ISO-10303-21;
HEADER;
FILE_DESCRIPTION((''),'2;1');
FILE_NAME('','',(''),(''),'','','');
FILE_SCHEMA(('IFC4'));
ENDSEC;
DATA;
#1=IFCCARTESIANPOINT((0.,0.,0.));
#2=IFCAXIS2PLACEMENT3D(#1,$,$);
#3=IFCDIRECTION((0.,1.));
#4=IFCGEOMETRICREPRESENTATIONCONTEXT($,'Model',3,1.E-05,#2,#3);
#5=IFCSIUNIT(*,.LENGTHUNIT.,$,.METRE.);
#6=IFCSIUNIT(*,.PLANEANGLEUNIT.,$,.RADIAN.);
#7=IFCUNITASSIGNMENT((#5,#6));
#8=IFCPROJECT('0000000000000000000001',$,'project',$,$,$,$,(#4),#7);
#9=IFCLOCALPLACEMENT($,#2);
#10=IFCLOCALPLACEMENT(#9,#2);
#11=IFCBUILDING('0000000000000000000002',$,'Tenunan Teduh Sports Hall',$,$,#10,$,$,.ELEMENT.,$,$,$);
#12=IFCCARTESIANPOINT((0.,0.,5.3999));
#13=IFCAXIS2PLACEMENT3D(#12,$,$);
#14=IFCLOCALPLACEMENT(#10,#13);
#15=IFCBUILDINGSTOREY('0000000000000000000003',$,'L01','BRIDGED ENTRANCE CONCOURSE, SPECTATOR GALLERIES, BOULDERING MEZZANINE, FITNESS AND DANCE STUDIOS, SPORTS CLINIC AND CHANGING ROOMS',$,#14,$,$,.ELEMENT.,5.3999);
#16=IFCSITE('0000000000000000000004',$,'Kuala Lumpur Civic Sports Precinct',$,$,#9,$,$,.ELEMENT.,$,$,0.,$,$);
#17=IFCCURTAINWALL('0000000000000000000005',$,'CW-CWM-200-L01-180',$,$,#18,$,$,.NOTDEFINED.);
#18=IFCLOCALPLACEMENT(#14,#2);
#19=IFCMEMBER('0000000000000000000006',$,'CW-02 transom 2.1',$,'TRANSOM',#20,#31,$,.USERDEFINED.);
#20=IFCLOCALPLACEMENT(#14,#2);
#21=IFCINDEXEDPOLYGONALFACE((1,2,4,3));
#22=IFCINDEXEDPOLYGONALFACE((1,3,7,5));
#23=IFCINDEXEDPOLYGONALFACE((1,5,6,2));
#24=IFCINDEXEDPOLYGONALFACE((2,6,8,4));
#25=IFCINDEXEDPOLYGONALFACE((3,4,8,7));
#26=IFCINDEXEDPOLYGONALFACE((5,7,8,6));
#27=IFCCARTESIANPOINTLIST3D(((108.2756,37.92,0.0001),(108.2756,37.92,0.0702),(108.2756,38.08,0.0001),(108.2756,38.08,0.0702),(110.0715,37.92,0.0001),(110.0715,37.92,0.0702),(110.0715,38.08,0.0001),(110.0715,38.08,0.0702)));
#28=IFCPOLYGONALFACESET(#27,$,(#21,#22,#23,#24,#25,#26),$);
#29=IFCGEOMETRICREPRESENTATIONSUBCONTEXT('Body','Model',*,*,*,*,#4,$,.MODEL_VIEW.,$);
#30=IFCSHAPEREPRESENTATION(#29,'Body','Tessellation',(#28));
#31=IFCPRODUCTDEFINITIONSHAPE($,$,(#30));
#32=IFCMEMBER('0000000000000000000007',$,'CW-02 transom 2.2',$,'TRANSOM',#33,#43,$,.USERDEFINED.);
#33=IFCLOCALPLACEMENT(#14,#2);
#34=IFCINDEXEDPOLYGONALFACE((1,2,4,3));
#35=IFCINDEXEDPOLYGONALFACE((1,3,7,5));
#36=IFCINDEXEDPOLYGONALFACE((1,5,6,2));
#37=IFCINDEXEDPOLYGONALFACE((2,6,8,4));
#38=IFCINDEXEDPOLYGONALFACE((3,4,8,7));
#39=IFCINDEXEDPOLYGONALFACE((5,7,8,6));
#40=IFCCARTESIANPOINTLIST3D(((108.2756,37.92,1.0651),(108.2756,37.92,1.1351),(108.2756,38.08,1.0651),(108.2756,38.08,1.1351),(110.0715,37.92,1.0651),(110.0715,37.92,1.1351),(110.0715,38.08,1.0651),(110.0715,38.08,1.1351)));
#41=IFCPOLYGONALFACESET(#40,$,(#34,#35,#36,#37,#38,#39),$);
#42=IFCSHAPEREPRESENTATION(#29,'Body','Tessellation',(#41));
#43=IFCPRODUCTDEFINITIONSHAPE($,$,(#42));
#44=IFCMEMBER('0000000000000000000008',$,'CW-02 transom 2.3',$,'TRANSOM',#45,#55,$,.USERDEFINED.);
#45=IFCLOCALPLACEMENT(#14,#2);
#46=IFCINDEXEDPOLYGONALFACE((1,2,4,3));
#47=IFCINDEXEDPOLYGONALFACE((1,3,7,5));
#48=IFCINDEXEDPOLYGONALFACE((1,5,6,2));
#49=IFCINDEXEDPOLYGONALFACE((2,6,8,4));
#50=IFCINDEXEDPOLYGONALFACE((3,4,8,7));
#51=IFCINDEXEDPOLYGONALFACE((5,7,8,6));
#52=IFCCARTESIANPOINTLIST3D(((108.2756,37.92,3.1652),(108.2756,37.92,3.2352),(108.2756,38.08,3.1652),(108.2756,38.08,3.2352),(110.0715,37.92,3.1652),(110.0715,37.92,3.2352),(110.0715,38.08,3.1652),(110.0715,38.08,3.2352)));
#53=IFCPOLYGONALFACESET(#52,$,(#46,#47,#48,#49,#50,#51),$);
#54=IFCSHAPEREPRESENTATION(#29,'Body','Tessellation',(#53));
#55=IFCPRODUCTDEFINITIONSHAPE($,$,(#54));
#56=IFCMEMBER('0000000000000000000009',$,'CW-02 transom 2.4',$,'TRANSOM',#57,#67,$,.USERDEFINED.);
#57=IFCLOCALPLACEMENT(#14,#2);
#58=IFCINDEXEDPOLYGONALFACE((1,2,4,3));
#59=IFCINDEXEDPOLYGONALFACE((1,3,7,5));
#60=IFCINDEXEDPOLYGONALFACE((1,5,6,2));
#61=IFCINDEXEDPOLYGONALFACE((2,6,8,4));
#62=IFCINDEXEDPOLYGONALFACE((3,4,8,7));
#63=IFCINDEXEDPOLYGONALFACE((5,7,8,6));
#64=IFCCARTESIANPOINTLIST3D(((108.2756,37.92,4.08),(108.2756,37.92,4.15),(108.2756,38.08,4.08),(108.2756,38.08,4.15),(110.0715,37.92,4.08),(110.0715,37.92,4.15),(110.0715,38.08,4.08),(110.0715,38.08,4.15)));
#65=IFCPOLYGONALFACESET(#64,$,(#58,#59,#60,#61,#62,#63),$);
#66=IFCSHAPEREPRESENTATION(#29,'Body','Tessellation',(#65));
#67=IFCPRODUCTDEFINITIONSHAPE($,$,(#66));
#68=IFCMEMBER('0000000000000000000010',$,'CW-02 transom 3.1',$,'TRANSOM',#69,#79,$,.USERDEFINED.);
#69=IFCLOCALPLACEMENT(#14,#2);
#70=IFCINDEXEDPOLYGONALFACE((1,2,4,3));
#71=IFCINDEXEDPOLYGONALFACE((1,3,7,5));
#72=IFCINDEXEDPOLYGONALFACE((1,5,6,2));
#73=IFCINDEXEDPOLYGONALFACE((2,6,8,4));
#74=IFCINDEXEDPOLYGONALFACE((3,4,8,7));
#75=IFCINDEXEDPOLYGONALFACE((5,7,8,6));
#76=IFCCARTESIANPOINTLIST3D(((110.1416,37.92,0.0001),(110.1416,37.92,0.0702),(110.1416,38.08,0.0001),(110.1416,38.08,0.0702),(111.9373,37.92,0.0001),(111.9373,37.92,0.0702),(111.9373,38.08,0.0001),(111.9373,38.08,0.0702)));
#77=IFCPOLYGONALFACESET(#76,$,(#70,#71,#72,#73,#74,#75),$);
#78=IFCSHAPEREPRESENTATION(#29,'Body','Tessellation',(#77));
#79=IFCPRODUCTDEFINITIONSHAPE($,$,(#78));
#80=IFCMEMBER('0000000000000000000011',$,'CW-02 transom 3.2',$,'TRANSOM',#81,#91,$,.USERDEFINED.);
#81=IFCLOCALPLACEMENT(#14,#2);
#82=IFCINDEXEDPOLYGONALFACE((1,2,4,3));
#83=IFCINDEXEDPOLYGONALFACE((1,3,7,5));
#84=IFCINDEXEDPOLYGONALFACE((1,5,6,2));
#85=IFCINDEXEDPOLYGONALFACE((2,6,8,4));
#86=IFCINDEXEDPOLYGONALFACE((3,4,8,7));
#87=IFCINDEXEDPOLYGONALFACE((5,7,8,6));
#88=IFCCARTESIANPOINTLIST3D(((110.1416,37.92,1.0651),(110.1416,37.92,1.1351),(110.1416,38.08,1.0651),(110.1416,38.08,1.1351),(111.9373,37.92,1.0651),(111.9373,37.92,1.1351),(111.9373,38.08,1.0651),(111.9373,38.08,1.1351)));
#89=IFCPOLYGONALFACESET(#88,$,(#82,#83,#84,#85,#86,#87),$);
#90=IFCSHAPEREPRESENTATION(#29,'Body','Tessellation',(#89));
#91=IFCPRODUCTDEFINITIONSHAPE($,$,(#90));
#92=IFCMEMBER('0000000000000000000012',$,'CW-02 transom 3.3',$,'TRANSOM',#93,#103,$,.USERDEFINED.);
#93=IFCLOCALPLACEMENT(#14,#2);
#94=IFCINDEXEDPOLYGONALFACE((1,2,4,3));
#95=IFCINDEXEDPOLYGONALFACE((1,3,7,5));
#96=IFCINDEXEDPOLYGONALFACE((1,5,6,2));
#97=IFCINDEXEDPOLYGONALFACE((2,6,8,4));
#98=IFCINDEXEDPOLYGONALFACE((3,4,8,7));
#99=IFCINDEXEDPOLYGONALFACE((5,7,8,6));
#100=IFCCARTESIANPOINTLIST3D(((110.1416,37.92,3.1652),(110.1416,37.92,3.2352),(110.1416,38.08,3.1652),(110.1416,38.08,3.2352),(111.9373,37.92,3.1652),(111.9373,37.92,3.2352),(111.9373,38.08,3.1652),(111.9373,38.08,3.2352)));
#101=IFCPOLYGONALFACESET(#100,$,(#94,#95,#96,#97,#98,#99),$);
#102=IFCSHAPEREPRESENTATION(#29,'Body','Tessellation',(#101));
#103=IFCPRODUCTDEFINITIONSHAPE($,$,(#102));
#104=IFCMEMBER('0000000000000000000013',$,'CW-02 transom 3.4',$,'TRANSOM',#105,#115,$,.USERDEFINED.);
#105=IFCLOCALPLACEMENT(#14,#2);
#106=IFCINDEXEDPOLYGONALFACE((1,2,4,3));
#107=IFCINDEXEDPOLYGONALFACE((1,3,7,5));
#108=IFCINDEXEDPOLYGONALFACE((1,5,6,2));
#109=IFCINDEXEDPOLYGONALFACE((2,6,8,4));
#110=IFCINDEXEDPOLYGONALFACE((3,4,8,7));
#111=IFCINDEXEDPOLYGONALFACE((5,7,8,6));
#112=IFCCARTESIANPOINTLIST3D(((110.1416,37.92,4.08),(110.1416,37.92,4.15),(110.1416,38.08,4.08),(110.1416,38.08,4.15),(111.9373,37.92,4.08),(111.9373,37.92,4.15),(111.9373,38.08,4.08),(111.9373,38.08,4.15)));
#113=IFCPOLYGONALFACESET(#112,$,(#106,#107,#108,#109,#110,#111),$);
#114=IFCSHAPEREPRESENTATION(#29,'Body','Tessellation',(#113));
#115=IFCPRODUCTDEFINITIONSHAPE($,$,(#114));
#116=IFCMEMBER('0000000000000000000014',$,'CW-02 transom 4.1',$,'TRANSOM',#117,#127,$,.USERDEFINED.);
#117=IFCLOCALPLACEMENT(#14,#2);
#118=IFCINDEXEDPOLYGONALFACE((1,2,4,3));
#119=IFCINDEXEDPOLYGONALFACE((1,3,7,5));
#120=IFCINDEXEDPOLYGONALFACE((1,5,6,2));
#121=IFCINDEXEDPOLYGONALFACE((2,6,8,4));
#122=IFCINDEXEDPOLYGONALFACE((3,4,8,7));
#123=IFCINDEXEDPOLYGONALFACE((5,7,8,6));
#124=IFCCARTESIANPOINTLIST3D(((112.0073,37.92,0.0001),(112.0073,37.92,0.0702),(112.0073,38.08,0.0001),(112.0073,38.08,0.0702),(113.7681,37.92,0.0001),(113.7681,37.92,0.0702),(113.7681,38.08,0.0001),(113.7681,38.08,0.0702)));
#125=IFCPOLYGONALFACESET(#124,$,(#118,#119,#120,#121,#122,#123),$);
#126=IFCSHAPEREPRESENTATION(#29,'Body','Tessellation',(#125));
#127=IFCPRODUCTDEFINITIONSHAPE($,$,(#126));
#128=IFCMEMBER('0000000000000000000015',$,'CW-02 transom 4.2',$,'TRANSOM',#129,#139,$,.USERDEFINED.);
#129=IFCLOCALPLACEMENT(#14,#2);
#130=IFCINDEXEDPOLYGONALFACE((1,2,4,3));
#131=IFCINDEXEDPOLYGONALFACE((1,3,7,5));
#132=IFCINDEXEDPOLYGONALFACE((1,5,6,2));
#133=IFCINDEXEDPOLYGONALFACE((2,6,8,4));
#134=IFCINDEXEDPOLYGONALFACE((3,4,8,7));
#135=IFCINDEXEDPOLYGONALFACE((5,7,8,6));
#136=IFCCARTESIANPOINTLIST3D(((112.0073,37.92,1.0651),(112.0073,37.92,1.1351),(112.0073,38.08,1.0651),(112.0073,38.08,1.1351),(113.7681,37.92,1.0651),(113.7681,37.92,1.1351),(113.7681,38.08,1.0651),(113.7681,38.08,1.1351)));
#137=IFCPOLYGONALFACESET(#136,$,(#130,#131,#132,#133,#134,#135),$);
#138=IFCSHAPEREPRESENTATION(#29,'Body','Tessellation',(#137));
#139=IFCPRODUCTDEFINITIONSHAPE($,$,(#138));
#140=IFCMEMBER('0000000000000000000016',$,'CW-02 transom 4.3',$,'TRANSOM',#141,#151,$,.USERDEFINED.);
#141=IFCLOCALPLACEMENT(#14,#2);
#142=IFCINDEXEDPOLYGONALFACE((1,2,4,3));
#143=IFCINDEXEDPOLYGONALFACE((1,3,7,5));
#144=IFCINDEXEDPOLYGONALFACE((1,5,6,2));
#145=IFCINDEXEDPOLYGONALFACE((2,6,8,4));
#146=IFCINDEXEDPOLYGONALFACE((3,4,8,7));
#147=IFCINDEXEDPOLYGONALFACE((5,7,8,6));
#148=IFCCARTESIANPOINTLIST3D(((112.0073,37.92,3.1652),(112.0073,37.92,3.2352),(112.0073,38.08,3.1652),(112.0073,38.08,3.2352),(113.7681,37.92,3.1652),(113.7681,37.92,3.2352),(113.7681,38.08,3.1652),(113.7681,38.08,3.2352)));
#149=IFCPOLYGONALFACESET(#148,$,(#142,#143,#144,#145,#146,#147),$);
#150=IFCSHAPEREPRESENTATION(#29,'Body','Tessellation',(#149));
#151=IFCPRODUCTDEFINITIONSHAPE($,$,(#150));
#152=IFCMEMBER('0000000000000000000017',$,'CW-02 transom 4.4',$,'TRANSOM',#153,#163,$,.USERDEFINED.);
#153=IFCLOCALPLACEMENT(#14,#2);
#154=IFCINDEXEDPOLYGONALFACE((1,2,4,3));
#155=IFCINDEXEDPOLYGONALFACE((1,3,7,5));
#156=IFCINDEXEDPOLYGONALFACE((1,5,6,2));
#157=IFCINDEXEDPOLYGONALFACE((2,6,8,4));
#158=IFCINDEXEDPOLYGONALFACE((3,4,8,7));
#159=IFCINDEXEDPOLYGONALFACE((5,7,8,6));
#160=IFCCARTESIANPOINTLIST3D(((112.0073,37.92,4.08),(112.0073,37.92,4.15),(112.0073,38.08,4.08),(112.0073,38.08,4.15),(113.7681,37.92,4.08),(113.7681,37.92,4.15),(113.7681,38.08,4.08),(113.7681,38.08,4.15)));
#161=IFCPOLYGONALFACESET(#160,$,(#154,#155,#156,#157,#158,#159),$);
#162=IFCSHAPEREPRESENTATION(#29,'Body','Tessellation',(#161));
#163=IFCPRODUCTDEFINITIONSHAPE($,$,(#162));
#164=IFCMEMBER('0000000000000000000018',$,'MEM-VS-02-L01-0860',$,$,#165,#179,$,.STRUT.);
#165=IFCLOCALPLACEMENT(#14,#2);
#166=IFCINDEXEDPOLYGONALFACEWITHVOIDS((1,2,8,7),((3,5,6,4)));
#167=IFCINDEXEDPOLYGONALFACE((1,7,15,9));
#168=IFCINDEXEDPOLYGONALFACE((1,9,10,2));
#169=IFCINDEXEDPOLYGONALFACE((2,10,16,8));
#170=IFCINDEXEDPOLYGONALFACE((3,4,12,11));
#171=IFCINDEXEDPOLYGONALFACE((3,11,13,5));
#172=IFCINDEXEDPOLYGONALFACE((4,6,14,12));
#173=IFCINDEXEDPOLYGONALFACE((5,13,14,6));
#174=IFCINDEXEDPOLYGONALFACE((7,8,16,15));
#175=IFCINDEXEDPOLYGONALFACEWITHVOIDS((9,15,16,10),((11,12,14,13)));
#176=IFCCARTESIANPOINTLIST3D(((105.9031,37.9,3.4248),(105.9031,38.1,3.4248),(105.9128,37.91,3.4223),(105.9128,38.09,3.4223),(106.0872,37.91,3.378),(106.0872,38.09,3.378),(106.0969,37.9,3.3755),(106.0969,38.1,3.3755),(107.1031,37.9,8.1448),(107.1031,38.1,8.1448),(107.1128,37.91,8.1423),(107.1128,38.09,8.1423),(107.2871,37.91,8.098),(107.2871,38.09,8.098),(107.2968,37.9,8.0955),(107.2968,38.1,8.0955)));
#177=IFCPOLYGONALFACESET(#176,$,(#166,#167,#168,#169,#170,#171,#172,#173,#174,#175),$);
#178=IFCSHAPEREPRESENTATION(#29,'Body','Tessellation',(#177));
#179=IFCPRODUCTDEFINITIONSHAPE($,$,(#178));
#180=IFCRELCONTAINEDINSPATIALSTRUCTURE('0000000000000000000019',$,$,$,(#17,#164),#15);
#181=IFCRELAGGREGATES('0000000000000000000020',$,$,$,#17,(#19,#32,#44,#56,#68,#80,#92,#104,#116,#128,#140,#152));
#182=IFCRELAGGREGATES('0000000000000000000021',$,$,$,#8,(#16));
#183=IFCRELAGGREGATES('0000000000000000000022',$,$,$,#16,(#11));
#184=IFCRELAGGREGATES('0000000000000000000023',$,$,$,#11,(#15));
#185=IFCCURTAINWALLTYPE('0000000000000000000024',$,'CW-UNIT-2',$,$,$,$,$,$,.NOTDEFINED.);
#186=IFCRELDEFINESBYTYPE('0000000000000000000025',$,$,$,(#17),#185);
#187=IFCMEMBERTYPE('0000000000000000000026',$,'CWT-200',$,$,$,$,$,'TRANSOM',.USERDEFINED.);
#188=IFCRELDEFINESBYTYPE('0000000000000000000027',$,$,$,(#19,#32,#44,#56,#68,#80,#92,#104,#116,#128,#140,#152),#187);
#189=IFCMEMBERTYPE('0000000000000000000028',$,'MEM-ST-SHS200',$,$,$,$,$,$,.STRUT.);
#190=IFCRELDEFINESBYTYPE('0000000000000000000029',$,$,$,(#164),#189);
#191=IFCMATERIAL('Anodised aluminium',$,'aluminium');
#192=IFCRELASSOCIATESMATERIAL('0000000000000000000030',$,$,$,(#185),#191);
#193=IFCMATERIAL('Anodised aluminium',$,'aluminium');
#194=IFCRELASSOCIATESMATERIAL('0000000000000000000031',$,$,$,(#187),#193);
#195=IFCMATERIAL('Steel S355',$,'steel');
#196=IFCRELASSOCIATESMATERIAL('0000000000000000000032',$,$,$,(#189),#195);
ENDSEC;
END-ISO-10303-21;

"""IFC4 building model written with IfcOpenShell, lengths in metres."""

from ifc_helpers import new_model, si_unit, direction, frame, origin, origin_2d, place, context, subcontext, project, spatial, rectangle, hollow_rectangle, extrude, material, material_profile, profile_set, type_object, element, aggregate, save


model = new_model("IFC4")

# Units and contexts
model_context = context("Model", 3, precision=1e-05, world=origin(), true_north=direction((0.0, 1.0)))
body_context = subcontext(model_context, "Body", "Model", "MODEL_VIEW")
ifc_project = project(units=[si_unit("LENGTHUNIT", "METRE"), si_unit("PLANEANGLEUNIT", "RADIAN")], contexts=[model_context])

# Site, building, storey
site_placement = place(None, origin())
site = spatial("IfcSite", under=ifc_project, at=site_placement, Name="Kuala Lumpur Civic Sports Precinct", CompositionType="ELEMENT", RefElevation=0.0)
building_placement = place(site_placement, origin())
building = spatial("IfcBuilding", under=site, at=building_placement, Name="Tenunan Teduh Sports Hall", CompositionType="ELEMENT")
storey_placement = place(building_placement, frame((0.0, 0.0, 5.3999)))
storey = spatial("IfcBuildingStorey", under=building, at=storey_placement, Name="L01", Description="BRIDGED ENTRANCE CONCOURSE, SPECTATOR GALLERIES, BOULDERING MEZZANINE, FITNESS AND DANCE STUDIOS, SPORTS CLINIC AND CHANGING ROOMS", CompositionType="ELEMENT", Elevation=5.3999)

# Curtain wall, members
ifc_material_1 = material(Name="Anodised aluminium", Category="aluminium")
curtain_wall_type_1 = type_object("IfcCurtainWallType", Name="CW-UNIT-2", PredefinedType="NOTDEFINED", material=ifc_material_1)
curtain_wall_1_placement = place(storey_placement, origin())
curtain_wall_1 = element("IfcCurtainWall", 1, at=curtain_wall_1_placement, inside=storey, type_object=curtain_wall_type_1, Name="CW-CWM-200-L01-180", PredefinedType="NOTDEFINED")
ifc_material_2 = material(Name="Anodised aluminium", Category="aluminium")
ifc_material_profile_1 = material_profile(ifc_material_2, rectangle(XDim=0.0701, YDim=0.1599, at=origin_2d()), Name="CWT 70x160")
ifc_profile_set_1 = profile_set([ifc_material_profile_1], Name="Anodised aluminium")
member_type_1 = type_object("IfcMemberType", Name="CWT-200", ElementType="TRANSOM", PredefinedType="USERDEFINED", material=ifc_profile_set_1)
member_1_placement = place(storey_placement, frame((108.2756, 38.0, 0.0352), z_axis=(1.0, 0.0, 0.0), x_axis=(0.0, 0.0, 1.0)))
member_1 = element("IfcMember", 2, at=member_1_placement, type_object=member_type_1, Name="CW-02 transom 2.1", ObjectType="TRANSOM", PredefinedType="USERDEFINED", context=body_context, shape_type="SweptSolid", body=[
    extrude(rectangle(XDim=0.0701, YDim=0.1599, at=origin_2d()), origin(), (0.0, 0.0, 1.0), 1.7959),
])
member_2_placement = place(storey_placement, frame((108.2756, 38.0, 1.1001), z_axis=(1.0, 0.0, 0.0), x_axis=(0.0, 0.0, 1.0)))
member_2 = element("IfcMember", 3, at=member_2_placement, type_object=member_type_1, Name="CW-02 transom 2.2", ObjectType="TRANSOM", PredefinedType="USERDEFINED", context=body_context, shape_type="SweptSolid", body=[
    extrude(rectangle(XDim=0.0701, YDim=0.1599, at=origin_2d()), origin(), (0.0, 0.0, 1.0), 1.7959),
])
member_3_placement = place(storey_placement, frame((108.2756, 38.0, 3.2002), z_axis=(1.0, 0.0, 0.0), x_axis=(0.0, 0.0, 1.0)))
member_3 = element("IfcMember", 4, at=member_3_placement, type_object=member_type_1, Name="CW-02 transom 2.3", ObjectType="TRANSOM", PredefinedType="USERDEFINED", context=body_context, shape_type="SweptSolid", body=[
    extrude(rectangle(XDim=0.0701, YDim=0.1599, at=origin_2d()), origin(), (0.0, 0.0, 1.0), 1.7959),
])
member_4_placement = place(storey_placement, frame((108.2756, 38.0, 4.115), z_axis=(1.0, 0.0, 0.0), x_axis=(0.0, 0.0, 1.0)))
member_4 = element("IfcMember", 5, at=member_4_placement, type_object=member_type_1, Name="CW-02 transom 2.4", ObjectType="TRANSOM", PredefinedType="USERDEFINED", context=body_context, shape_type="SweptSolid", body=[
    extrude(rectangle(XDim=0.0701, YDim=0.1599, at=origin_2d()), origin(), (0.0, 0.0, 1.0), 1.7959),
])
member_5_placement = place(storey_placement, frame((110.1416, 38.0, 0.0352), z_axis=(1.0, 0.0, 0.0), x_axis=(0.0, 0.0, 1.0)))
member_5 = element("IfcMember", 6, at=member_5_placement, type_object=member_type_1, Name="CW-02 transom 3.1", ObjectType="TRANSOM", PredefinedType="USERDEFINED", context=body_context, shape_type="SweptSolid", body=[
    extrude(rectangle(XDim=0.0701, YDim=0.1599, at=origin_2d()), origin(), (0.0, 0.0, 1.0), 1.7957),
])
member_6_placement = place(storey_placement, frame((110.1416, 38.0, 1.1001), z_axis=(1.0, 0.0, 0.0), x_axis=(0.0, 0.0, 1.0)))
member_6 = element("IfcMember", 7, at=member_6_placement, type_object=member_type_1, Name="CW-02 transom 3.2", ObjectType="TRANSOM", PredefinedType="USERDEFINED", context=body_context, shape_type="SweptSolid", body=[
    extrude(rectangle(XDim=0.0701, YDim=0.1599, at=origin_2d()), origin(), (0.0, 0.0, 1.0), 1.7957),
])
member_7_placement = place(storey_placement, frame((110.1416, 38.0, 3.2002), z_axis=(1.0, 0.0, 0.0), x_axis=(0.0, 0.0, 1.0)))
member_7 = element("IfcMember", 8, at=member_7_placement, type_object=member_type_1, Name="CW-02 transom 3.3", ObjectType="TRANSOM", PredefinedType="USERDEFINED", context=body_context, shape_type="SweptSolid", body=[
    extrude(rectangle(XDim=0.0701, YDim=0.1599, at=origin_2d()), origin(), (0.0, 0.0, 1.0), 1.7957),
])
member_8_placement = place(storey_placement, frame((110.1416, 38.0, 4.115), z_axis=(1.0, 0.0, 0.0), x_axis=(0.0, 0.0, 1.0)))
member_8 = element("IfcMember", 9, at=member_8_placement, type_object=member_type_1, Name="CW-02 transom 3.4", ObjectType="TRANSOM", PredefinedType="USERDEFINED", context=body_context, shape_type="SweptSolid", body=[
    extrude(rectangle(XDim=0.0701, YDim=0.1599, at=origin_2d()), origin(), (0.0, 0.0, 1.0), 1.7957),
])
member_9_placement = place(storey_placement, frame((112.0073, 38.0, 0.0352), z_axis=(1.0, 0.0, 0.0), x_axis=(0.0, 0.0, 1.0)))
member_9 = element("IfcMember", 10, at=member_9_placement, type_object=member_type_1, Name="CW-02 transom 4.1", ObjectType="TRANSOM", PredefinedType="USERDEFINED", context=body_context, shape_type="SweptSolid", body=[
    extrude(rectangle(XDim=0.0701, YDim=0.1599, at=origin_2d()), origin(), (0.0, 0.0, 1.0), 1.7607),
])
member_10_placement = place(storey_placement, frame((112.0073, 38.0, 1.1001), z_axis=(1.0, 0.0, 0.0), x_axis=(0.0, 0.0, 1.0)))
member_10 = element("IfcMember", 11, at=member_10_placement, type_object=member_type_1, Name="CW-02 transom 4.2", ObjectType="TRANSOM", PredefinedType="USERDEFINED", context=body_context, shape_type="SweptSolid", body=[
    extrude(rectangle(XDim=0.0701, YDim=0.1599, at=origin_2d()), origin(), (0.0, 0.0, 1.0), 1.7607),
])
member_11_placement = place(storey_placement, frame((112.0073, 38.0, 3.2002), z_axis=(1.0, 0.0, 0.0), x_axis=(0.0, 0.0, 1.0)))
member_11 = element("IfcMember", 12, at=member_11_placement, type_object=member_type_1, Name="CW-02 transom 4.3", ObjectType="TRANSOM", PredefinedType="USERDEFINED", context=body_context, shape_type="SweptSolid", body=[
    extrude(rectangle(XDim=0.0701, YDim=0.1599, at=origin_2d()), origin(), (0.0, 0.0, 1.0), 1.7607),
])
member_12_placement = place(storey_placement, frame((112.0073, 38.0, 4.115), z_axis=(1.0, 0.0, 0.0), x_axis=(0.0, 0.0, 1.0)))
member_12 = element("IfcMember", 13, at=member_12_placement, type_object=member_type_1, Name="CW-02 transom 4.4", ObjectType="TRANSOM", PredefinedType="USERDEFINED", context=body_context, shape_type="SweptSolid", body=[
    extrude(rectangle(XDim=0.0701, YDim=0.1599, at=origin_2d()), origin(), (0.0, 0.0, 1.0), 1.7607),
])

# Member
ifc_material_3 = material(Name="Steel S355", Category="steel")
ifc_material_profile_2 = material_profile(ifc_material_3, hollow_rectangle(XDim=0.2, YDim=0.2, WallThickness=0.01, at=origin_2d()), Name="SHS 200x200x10.0")
ifc_profile_set_2 = profile_set([ifc_material_profile_2], Name="Steel S355")
member_type_2 = type_object("IfcMemberType", Name="MEM-ST-SHS200", PredefinedType="STRUT", material=ifc_profile_set_2)
member_13_placement = place(storey_placement, frame((106.0, 38.0, 3.4001), z_axis=(0.246391, 0.0, 0.969171), x_axis=(0.0, 1.0, 0.0)))
element("IfcMember", 14, at=member_13_placement, inside=storey, type_object=member_type_2, Name="MEM-VS-02-L01-0860", PredefinedType="STRUT", context=body_context, shape_type="SweptSolid", body=[
    extrude(hollow_rectangle(XDim=0.2, YDim=0.2, WallThickness=0.01, at=origin_2d()), origin(), (0.0, 0.0, 1.0), 4.8701),
])

aggregate(curtain_wall_1, [member_1, member_2, member_3, member_4, member_5, member_6, member_7, member_8, member_9, member_10, member_11, member_12])

save(model, "model.ifc")
